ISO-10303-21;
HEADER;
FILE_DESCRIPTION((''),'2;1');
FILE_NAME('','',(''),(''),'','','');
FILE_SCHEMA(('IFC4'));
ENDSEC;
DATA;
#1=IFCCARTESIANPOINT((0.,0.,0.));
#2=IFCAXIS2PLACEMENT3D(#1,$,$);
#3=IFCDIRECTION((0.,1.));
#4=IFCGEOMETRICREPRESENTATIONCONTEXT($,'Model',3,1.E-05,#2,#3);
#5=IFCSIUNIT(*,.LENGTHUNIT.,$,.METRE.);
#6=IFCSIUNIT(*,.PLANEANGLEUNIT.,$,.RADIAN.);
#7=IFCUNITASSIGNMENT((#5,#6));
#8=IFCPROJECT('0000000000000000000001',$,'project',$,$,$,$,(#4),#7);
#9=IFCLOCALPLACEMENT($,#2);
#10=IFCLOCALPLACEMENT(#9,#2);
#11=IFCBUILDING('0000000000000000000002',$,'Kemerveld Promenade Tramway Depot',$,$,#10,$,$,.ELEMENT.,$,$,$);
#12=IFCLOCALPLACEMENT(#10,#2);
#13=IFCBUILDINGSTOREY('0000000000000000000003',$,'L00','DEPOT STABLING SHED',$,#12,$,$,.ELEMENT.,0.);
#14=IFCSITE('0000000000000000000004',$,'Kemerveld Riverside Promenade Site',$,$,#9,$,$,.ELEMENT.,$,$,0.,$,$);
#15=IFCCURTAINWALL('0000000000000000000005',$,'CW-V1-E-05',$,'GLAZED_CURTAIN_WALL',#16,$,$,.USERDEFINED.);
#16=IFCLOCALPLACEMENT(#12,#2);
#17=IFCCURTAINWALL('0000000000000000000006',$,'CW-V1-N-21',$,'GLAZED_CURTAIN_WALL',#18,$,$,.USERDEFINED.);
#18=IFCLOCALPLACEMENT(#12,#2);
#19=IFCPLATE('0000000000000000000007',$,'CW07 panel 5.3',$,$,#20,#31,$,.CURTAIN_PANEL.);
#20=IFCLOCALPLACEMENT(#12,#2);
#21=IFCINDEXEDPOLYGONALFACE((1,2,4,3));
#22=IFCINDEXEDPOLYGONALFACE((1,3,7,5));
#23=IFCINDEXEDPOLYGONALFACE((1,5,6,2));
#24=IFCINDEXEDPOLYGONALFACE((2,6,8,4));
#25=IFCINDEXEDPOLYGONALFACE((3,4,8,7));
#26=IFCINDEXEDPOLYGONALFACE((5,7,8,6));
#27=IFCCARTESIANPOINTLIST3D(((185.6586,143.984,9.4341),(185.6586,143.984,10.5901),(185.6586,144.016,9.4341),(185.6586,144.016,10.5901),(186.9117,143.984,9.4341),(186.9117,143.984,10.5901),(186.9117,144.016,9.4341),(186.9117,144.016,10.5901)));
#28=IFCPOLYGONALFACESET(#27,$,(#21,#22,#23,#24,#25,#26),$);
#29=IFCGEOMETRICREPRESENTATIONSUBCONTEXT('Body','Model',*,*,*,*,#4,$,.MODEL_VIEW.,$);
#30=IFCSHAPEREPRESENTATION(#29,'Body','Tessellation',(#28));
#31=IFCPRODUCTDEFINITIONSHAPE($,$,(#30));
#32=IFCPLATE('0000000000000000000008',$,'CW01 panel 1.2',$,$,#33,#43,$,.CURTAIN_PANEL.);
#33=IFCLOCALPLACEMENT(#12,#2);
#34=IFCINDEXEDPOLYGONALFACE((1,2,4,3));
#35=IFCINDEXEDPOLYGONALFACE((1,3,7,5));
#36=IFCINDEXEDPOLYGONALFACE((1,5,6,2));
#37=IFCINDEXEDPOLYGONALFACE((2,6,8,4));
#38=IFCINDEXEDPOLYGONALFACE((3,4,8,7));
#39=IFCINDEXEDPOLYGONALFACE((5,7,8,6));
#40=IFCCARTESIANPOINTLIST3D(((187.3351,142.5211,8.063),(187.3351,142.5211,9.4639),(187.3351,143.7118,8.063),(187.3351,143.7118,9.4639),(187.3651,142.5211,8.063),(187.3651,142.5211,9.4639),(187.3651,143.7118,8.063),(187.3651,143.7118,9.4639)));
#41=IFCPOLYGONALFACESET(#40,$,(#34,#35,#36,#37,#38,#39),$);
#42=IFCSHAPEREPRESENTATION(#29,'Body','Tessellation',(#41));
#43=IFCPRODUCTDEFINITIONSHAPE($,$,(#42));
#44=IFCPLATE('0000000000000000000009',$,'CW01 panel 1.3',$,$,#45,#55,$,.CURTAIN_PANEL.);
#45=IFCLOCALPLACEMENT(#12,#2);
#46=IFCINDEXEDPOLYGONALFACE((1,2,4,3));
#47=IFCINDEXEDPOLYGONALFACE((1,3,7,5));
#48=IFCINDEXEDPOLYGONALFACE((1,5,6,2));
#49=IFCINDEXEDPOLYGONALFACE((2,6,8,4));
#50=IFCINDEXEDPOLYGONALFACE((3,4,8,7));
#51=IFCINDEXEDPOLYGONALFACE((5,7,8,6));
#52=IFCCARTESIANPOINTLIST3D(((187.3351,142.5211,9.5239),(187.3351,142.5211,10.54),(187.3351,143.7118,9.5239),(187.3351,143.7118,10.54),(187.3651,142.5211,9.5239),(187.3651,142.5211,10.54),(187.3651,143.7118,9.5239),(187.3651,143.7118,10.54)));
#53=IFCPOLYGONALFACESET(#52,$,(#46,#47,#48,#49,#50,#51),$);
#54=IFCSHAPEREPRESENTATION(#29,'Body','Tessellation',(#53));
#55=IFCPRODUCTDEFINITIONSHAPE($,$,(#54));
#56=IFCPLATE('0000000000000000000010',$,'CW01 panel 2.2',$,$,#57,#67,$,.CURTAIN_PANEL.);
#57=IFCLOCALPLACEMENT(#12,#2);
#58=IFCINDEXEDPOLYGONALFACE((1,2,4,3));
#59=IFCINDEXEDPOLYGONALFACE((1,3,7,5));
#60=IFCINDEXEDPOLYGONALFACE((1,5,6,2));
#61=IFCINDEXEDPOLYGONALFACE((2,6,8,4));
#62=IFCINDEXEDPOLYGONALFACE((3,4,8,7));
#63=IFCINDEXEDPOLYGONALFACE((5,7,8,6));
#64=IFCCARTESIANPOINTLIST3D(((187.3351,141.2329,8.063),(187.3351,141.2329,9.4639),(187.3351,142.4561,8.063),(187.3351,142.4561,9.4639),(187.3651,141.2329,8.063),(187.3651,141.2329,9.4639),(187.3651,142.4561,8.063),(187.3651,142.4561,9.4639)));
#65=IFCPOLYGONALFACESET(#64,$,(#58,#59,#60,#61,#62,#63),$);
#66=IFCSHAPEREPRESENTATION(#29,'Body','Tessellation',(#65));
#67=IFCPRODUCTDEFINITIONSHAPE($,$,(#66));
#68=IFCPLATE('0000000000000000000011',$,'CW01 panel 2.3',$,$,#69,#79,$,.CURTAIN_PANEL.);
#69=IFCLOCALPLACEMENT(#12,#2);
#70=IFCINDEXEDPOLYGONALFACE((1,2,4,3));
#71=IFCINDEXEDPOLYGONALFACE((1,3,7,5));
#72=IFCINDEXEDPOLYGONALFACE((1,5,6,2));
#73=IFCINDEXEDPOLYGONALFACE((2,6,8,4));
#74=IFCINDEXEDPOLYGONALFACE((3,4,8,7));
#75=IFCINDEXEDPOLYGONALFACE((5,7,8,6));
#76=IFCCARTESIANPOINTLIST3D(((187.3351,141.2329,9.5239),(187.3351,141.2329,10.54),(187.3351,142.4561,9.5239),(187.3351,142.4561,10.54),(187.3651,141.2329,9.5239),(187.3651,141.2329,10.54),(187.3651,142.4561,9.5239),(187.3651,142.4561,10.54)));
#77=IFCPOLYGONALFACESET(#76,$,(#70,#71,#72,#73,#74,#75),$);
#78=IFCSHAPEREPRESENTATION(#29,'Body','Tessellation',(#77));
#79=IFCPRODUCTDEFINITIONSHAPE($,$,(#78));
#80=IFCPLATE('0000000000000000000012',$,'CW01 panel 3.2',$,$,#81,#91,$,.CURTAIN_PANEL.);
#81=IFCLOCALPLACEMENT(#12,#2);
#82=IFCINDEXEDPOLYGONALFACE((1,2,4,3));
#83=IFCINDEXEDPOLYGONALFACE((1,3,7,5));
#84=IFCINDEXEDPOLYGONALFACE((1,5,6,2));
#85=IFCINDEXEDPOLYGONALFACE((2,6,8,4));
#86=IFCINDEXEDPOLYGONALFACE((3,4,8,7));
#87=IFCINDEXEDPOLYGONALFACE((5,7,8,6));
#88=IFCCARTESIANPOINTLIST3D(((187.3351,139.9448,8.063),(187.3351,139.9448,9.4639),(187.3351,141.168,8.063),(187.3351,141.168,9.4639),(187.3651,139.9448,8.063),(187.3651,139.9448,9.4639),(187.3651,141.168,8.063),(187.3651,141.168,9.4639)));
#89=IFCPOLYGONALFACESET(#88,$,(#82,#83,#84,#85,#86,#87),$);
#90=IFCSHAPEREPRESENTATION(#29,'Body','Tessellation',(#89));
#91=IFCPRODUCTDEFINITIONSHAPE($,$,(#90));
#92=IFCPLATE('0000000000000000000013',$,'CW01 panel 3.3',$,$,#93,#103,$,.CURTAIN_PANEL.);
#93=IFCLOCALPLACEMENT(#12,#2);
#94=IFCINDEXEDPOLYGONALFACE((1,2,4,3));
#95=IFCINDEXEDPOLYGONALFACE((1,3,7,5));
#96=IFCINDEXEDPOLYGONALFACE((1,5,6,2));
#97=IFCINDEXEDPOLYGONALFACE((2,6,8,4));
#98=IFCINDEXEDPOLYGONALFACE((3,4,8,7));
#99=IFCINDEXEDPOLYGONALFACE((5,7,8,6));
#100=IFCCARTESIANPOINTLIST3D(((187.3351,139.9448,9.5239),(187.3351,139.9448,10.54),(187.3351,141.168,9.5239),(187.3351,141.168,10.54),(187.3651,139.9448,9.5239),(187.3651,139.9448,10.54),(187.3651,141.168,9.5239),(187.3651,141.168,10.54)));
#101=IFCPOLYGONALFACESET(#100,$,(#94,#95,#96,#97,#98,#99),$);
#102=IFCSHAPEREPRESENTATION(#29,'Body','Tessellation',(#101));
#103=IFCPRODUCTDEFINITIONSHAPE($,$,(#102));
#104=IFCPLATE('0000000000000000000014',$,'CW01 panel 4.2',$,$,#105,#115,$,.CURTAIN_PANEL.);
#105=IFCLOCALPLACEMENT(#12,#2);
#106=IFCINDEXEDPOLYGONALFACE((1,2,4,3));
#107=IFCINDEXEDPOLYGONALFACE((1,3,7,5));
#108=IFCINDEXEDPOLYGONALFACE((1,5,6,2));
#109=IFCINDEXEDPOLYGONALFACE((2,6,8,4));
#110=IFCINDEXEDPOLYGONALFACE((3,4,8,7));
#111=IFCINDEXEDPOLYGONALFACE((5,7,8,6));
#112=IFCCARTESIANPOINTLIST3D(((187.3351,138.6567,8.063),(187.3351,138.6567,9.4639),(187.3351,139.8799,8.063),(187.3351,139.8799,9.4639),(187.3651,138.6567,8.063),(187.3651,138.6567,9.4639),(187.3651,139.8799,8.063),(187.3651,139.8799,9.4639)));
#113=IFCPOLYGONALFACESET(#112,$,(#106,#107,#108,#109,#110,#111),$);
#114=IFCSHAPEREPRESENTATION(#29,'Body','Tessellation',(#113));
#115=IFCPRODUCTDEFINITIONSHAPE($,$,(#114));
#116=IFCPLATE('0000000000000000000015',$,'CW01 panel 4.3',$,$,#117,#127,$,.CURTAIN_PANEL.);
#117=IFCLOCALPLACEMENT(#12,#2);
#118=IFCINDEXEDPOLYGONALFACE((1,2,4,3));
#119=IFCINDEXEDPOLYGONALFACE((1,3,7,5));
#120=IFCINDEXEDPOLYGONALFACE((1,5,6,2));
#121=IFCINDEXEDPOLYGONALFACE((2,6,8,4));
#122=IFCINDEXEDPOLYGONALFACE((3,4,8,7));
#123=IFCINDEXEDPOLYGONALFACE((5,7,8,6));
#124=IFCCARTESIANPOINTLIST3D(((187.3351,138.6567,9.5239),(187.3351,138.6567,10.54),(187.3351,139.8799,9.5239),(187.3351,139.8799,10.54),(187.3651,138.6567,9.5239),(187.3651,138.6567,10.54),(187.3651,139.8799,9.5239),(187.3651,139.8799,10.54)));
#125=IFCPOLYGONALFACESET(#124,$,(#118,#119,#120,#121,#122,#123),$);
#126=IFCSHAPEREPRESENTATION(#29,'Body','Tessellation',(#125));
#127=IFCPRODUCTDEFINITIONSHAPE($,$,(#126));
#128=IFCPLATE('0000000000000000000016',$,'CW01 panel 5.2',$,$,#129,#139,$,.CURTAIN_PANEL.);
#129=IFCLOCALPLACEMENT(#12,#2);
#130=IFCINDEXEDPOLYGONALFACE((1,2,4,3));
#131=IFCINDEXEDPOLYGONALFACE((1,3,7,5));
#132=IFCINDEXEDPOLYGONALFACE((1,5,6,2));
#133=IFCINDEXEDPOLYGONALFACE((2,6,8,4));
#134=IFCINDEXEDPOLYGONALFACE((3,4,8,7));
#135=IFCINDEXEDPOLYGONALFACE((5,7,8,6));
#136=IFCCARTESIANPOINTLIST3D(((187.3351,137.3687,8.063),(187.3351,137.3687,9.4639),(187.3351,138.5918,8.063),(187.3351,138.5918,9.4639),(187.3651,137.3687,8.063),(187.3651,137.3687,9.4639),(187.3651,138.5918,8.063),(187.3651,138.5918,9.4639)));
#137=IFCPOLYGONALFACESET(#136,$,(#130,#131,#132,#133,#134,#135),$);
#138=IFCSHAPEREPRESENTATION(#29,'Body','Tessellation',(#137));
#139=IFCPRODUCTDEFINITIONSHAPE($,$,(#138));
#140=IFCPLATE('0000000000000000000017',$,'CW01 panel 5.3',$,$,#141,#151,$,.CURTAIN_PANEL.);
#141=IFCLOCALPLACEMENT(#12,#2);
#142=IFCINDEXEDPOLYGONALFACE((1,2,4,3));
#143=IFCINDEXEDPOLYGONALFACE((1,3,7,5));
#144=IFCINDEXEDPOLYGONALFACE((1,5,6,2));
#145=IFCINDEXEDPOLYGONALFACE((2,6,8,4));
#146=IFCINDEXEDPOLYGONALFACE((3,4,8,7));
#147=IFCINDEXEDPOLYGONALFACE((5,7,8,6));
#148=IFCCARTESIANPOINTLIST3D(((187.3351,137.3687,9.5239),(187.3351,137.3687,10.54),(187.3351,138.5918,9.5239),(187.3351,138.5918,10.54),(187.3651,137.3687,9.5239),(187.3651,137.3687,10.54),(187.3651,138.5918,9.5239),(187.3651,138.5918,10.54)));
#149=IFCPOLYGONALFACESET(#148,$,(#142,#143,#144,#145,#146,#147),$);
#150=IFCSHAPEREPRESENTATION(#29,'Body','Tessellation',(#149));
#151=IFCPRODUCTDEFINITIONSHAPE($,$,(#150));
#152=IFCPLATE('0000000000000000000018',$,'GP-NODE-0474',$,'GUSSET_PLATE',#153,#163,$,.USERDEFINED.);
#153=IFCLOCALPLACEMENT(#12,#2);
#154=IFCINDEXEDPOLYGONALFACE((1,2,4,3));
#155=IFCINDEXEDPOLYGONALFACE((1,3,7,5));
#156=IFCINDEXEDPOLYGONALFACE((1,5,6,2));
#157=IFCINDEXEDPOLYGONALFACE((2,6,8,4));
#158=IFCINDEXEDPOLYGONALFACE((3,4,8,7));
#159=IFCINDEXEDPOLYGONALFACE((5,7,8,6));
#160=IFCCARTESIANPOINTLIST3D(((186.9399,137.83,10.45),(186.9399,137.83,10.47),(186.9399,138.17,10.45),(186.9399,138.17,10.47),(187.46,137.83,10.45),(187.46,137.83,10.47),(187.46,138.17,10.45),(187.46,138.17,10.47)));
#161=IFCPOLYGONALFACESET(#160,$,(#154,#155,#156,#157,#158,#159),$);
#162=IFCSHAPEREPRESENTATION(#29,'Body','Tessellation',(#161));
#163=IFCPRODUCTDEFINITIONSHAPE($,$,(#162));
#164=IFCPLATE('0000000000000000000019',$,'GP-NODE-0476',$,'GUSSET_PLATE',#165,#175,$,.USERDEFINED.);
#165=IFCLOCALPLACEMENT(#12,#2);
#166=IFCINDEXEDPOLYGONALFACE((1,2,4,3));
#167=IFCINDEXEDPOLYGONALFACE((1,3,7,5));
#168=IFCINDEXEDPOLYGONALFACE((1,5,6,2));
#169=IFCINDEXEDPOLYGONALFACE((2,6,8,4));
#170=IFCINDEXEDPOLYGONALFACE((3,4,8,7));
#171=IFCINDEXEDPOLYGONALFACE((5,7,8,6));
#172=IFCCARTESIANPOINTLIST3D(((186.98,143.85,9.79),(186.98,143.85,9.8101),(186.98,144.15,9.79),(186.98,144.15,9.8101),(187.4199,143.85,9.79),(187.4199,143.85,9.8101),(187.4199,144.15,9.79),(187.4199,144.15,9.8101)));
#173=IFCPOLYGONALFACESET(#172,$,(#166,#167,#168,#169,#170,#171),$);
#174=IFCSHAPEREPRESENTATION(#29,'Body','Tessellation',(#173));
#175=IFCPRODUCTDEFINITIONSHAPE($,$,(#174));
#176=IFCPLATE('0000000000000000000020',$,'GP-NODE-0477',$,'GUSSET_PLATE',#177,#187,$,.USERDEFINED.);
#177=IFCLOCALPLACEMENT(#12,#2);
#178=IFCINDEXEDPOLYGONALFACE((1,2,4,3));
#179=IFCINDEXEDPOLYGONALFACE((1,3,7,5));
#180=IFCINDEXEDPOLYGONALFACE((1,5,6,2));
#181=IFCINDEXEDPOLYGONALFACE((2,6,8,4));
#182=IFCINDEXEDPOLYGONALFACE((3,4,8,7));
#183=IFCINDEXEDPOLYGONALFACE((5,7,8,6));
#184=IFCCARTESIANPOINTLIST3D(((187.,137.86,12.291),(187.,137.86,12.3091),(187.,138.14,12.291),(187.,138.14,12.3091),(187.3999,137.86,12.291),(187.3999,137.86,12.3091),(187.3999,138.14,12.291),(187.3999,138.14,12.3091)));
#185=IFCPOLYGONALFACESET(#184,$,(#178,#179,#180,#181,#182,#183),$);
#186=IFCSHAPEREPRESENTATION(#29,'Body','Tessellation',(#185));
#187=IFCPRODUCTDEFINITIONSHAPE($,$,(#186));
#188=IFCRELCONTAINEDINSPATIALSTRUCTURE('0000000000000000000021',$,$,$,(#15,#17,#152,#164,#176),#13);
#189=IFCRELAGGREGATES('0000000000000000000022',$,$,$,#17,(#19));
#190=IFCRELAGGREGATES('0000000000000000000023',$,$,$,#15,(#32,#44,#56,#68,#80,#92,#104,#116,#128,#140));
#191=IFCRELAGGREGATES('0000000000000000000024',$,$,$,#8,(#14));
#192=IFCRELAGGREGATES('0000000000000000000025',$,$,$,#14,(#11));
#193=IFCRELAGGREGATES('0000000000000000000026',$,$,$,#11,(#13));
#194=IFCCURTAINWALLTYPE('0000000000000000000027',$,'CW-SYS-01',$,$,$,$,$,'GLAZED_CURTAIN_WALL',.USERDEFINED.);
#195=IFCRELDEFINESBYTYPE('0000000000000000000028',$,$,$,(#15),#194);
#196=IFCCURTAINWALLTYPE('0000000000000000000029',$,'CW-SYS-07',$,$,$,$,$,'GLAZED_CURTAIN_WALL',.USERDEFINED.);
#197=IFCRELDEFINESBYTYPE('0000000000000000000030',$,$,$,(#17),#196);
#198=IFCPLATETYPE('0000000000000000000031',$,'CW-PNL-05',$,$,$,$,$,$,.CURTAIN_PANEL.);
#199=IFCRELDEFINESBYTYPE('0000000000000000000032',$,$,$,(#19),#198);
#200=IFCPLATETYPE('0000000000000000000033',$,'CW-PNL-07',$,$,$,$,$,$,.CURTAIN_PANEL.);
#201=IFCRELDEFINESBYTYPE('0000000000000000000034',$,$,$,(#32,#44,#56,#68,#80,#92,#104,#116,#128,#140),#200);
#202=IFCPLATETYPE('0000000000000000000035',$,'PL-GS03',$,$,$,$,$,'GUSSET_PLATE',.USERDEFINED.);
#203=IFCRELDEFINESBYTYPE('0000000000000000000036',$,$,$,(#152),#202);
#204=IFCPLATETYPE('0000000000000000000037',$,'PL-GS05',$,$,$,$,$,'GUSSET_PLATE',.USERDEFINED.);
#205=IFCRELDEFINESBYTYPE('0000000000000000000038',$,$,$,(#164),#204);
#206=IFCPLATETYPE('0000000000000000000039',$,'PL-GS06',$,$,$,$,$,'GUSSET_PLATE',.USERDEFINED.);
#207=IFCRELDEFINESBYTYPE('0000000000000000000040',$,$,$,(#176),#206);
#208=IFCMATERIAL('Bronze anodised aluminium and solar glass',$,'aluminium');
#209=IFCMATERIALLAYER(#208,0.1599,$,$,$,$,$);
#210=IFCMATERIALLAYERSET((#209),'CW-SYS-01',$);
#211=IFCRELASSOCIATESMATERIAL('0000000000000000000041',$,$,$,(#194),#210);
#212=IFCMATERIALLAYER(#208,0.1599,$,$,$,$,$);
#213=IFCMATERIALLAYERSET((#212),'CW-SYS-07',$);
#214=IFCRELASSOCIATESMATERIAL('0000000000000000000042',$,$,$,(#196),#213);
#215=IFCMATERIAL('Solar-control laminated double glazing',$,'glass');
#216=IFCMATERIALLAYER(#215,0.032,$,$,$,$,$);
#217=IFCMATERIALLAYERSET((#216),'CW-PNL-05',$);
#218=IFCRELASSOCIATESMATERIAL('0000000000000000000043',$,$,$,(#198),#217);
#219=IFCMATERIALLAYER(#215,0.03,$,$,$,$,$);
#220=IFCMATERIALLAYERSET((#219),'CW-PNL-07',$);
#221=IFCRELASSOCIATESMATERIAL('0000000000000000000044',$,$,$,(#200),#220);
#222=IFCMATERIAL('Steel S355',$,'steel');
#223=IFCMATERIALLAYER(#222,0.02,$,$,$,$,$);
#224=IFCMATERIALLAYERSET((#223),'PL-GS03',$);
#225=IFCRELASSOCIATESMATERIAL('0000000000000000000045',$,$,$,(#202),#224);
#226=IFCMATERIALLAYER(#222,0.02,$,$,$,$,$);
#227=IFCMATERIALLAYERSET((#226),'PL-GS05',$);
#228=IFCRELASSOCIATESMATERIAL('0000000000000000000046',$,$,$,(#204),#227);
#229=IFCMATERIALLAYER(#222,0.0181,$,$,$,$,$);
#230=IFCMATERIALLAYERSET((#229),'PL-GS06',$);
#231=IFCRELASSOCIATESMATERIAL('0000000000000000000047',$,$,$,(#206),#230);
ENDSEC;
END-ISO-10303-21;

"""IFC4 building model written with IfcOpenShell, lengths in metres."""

from ifc_helpers import new_model, si_unit, direction, frame, origin, origin_2d, place, context, subcontext, project, spatial, rectangle, extrude, material, layer, layer_set, type_object, element, aggregate, save


model = new_model("IFC4")

# Units and contexts
model_context = context("Model", 3, precision=1e-05, world=origin(), true_north=direction((0.0, 1.0)))
body_context = subcontext(model_context, "Body", "Model", "MODEL_VIEW")
ifc_project = project(units=[si_unit("LENGTHUNIT", "METRE"), si_unit("PLANEANGLEUNIT", "RADIAN")], contexts=[model_context])

# Site, building, storey
site_placement = place(None, origin())
site = spatial("IfcSite", under=ifc_project, at=site_placement, Name="Kemerveld Riverside Promenade Site", CompositionType="ELEMENT", RefElevation=0.0)
building_placement = place(site_placement, origin())
building = spatial("IfcBuilding", under=site, at=building_placement, Name="Kemerveld Promenade Tramway Depot", CompositionType="ELEMENT")
storey_placement = place(building_placement, origin())
storey = spatial("IfcBuildingStorey", under=building, at=storey_placement, Name="L00", Description="DEPOT STABLING SHED", CompositionType="ELEMENT", Elevation=0.0)

# Curtain wall
ifc_material_1 = material(Name="Bronze anodised aluminium and solar glass", Category="aluminium")
ifc_layer_1 = layer(ifc_material_1, 0.1599)
ifc_layer_set_1 = layer_set([ifc_layer_1], Name="CW-SYS-01")
curtain_wall_type_1 = type_object("IfcCurtainWallType", Name="CW-SYS-01", ElementType="GLAZED_CURTAIN_WALL", PredefinedType="USERDEFINED", material=ifc_layer_set_1)
curtain_wall_1_placement = place(storey_placement, origin())
curtain_wall_1 = element("IfcCurtainWall", 1, at=curtain_wall_1_placement, inside=storey, type_object=curtain_wall_type_1, Name="CW-V1-E-05", ObjectType="GLAZED_CURTAIN_WALL", PredefinedType="USERDEFINED")

# Shared definitions
ifc_material_2 = material(Name="Steel S355", Category="steel")

# Curtain wall, plate
ifc_layer_2 = layer(ifc_material_1, 0.1599)
ifc_layer_set_2 = layer_set([ifc_layer_2], Name="CW-SYS-07")
curtain_wall_type_2 = type_object("IfcCurtainWallType", Name="CW-SYS-07", ElementType="GLAZED_CURTAIN_WALL", PredefinedType="USERDEFINED", material=ifc_layer_set_2)
curtain_wall_2_placement = place(storey_placement, origin())
curtain_wall_2 = element("IfcCurtainWall", 2, at=curtain_wall_2_placement, inside=storey, type_object=curtain_wall_type_2, Name="CW-V1-N-21", ObjectType="GLAZED_CURTAIN_WALL", PredefinedType="USERDEFINED")
ifc_material_3 = material(Name="Solar-control laminated double glazing", Category="glass")
ifc_layer_3 = layer(ifc_material_3, 0.032)
ifc_layer_set_3 = layer_set([ifc_layer_3], Name="CW-PNL-05")
plate_type_1 = type_object("IfcPlateType", Name="CW-PNL-05", PredefinedType="CURTAIN_PANEL", material=ifc_layer_set_3)
plate_1_placement = place(storey_placement, frame((186.2852, 144.0, 9.4341), z_axis=(0.0, 0.0, 1.0), x_axis=(1.0, 0.0, 0.0)))
plate_1 = element("IfcPlate", 3, at=plate_1_placement, type_object=plate_type_1, Name="CW07 panel 5.3", PredefinedType="CURTAIN_PANEL", context=body_context, shape_type="SweptSolid", body=[
    extrude(rectangle(XDim=1.2532, YDim=0.032, at=origin_2d()), origin(), (0.0, 0.0, 1.0), 1.156),
])
aggregate(curtain_wall_2, [plate_1])

# Plates
ifc_layer_4 = layer(ifc_material_3, 0.03)
ifc_layer_set_4 = layer_set([ifc_layer_4], Name="CW-PNL-07")
plate_type_2 = type_object("IfcPlateType", Name="CW-PNL-07", PredefinedType="CURTAIN_PANEL", material=ifc_layer_set_4)
plate_2_placement = place(storey_placement, frame((187.3501, 143.1165, 8.063), z_axis=(0.0, 0.0, 1.0), x_axis=(0.0, -1.0, 0.0)))
plate_2 = element("IfcPlate", 4, at=plate_2_placement, type_object=plate_type_2, Name="CW01 panel 1.2", PredefinedType="CURTAIN_PANEL", context=body_context, shape_type="SweptSolid", body=[
    extrude(rectangle(XDim=1.1907, YDim=0.03, at=origin_2d()), origin(), (0.0, 0.0, 1.0), 1.4009),
])
plate_3_placement = place(storey_placement, frame((187.3501, 143.1165, 9.5239), z_axis=(0.0, 0.0, 1.0), x_axis=(0.0, -1.0, 0.0)))
plate_3 = element("IfcPlate", 5, at=plate_3_placement, type_object=plate_type_2, Name="CW01 panel 1.3", PredefinedType="CURTAIN_PANEL", context=body_context, shape_type="SweptSolid", body=[
    extrude(rectangle(XDim=1.1907, YDim=0.03, at=origin_2d()), origin(), (0.0, 0.0, 1.0), 1.0161),
])
plate_4_placement = place(storey_placement, frame((187.3501, 141.8445, 8.063), z_axis=(0.0, 0.0, 1.0), x_axis=(0.0, -1.0, 0.0)))
plate_4 = element("IfcPlate", 6, at=plate_4_placement, type_object=plate_type_2, Name="CW01 panel 2.2", PredefinedType="CURTAIN_PANEL", context=body_context, shape_type="SweptSolid", body=[
    extrude(rectangle(XDim=1.2231, YDim=0.03, at=origin_2d()), origin(), (0.0, 0.0, 1.0), 1.4009),
])
plate_5_placement = place(storey_placement, frame((187.3501, 141.8445, 9.5239), z_axis=(0.0, 0.0, 1.0), x_axis=(0.0, -1.0, 0.0)))
plate_5 = element("IfcPlate", 7, at=plate_5_placement, type_object=plate_type_2, Name="CW01 panel 2.3", PredefinedType="CURTAIN_PANEL", context=body_context, shape_type="SweptSolid", body=[
    extrude(rectangle(XDim=1.2231, YDim=0.03, at=origin_2d()), origin(), (0.0, 0.0, 1.0), 1.0161),
])
plate_6_placement = place(storey_placement, frame((187.3501, 140.5564, 8.063), z_axis=(0.0, 0.0, 1.0), x_axis=(0.0, -1.0, 0.0)))
plate_6 = element("IfcPlate", 8, at=plate_6_placement, type_object=plate_type_2, Name="CW01 panel 3.2", PredefinedType="CURTAIN_PANEL", context=body_context, shape_type="SweptSolid", body=[
    extrude(rectangle(XDim=1.2231, YDim=0.03, at=origin_2d()), origin(), (0.0, 0.0, 1.0), 1.4009),
])
plate_7_placement = place(storey_placement, frame((187.3501, 140.5564, 9.5239), z_axis=(0.0, 0.0, 1.0), x_axis=(0.0, -1.0, 0.0)))
plate_7 = element("IfcPlate", 9, at=plate_7_placement, type_object=plate_type_2, Name="CW01 panel 3.3", PredefinedType="CURTAIN_PANEL", context=body_context, shape_type="SweptSolid", body=[
    extrude(rectangle(XDim=1.2231, YDim=0.03, at=origin_2d()), origin(), (0.0, 0.0, 1.0), 1.0161),
])
plate_8_placement = place(storey_placement, frame((187.3501, 139.2683, 8.063), z_axis=(0.0, 0.0, 1.0), x_axis=(0.0, -1.0, 0.0)))
plate_8 = element("IfcPlate", 10, at=plate_8_placement, type_object=plate_type_2, Name="CW01 panel 4.2", PredefinedType="CURTAIN_PANEL", context=body_context, shape_type="SweptSolid", body=[
    extrude(rectangle(XDim=1.2231, YDim=0.03, at=origin_2d()), origin(), (0.0, 0.0, 1.0), 1.4009),
])
plate_9_placement = place(storey_placement, frame((187.3501, 139.2683, 9.5239), z_axis=(0.0, 0.0, 1.0), x_axis=(0.0, -1.0, 0.0)))
plate_9 = element("IfcPlate", 11, at=plate_9_placement, type_object=plate_type_2, Name="CW01 panel 4.3", PredefinedType="CURTAIN_PANEL", context=body_context, shape_type="SweptSolid", body=[
    extrude(rectangle(XDim=1.2231, YDim=0.03, at=origin_2d()), origin(), (0.0, 0.0, 1.0), 1.0161),
])
plate_10_placement = place(storey_placement, frame((187.3501, 137.9802, 8.063), z_axis=(0.0, 0.0, 1.0), x_axis=(0.0, -1.0, 0.0)))
plate_10 = element("IfcPlate", 12, at=plate_10_placement, type_object=plate_type_2, Name="CW01 panel 5.2", PredefinedType="CURTAIN_PANEL", context=body_context, shape_type="SweptSolid", body=[
    extrude(rectangle(XDim=1.2231, YDim=0.03, at=origin_2d()), origin(), (0.0, 0.0, 1.0), 1.4009),
])
plate_11_placement = place(storey_placement, frame((187.3501, 137.9802, 9.5239), z_axis=(0.0, 0.0, 1.0), x_axis=(0.0, -1.0, 0.0)))
plate_11 = element("IfcPlate", 13, at=plate_11_placement, type_object=plate_type_2, Name="CW01 panel 5.3", PredefinedType="CURTAIN_PANEL", context=body_context, shape_type="SweptSolid", body=[
    extrude(rectangle(XDim=1.2231, YDim=0.03, at=origin_2d()), origin(), (0.0, 0.0, 1.0), 1.0161),
])
aggregate(curtain_wall_1, [plate_2, plate_3, plate_4, plate_5, plate_6, plate_7, plate_8, plate_9, plate_10, plate_11])

# Plates
ifc_layer_5 = layer(ifc_material_2, 0.02)
ifc_layer_set_5 = layer_set([ifc_layer_5], Name="PL-GS03")
plate_type_3 = type_object("IfcPlateType", Name="PL-GS03", ElementType="GUSSET_PLATE", PredefinedType="USERDEFINED", material=ifc_layer_set_5)
plate_12_placement = place(storey_placement, frame((187.2, 138.0, 10.45), z_axis=(0.0, 0.0, 1.0), x_axis=(1.0, 0.0, 0.0)))
element("IfcPlate", 14, at=plate_12_placement, inside=storey, type_object=plate_type_3, Name="GP-NODE-0474", ObjectType="GUSSET_PLATE", PredefinedType="USERDEFINED", context=body_context, shape_type="SweptSolid", body=[
    extrude(rectangle(XDim=0.52, YDim=0.3401, at=origin_2d()), origin(), (0.0, 0.0, 1.0), 0.02),
])
ifc_layer_6 = layer(ifc_material_2, 0.02)
ifc_layer_set_6 = layer_set([ifc_layer_6], Name="PL-GS05")
plate_type_4 = type_object("IfcPlateType", Name="PL-GS05", ElementType="GUSSET_PLATE", PredefinedType="USERDEFINED", material=ifc_layer_set_6)
plate_13_placement = place(storey_placement, frame((187.2, 144.0, 9.79), z_axis=(0.0, 0.0, 1.0), x_axis=(1.0, 0.0, 0.0)))
element("IfcPlate", 15, at=plate_13_placement, inside=storey, type_object=plate_type_4, Name="GP-NODE-0476", ObjectType="GUSSET_PLATE", PredefinedType="USERDEFINED", context=body_context, shape_type="SweptSolid", body=[
    extrude(rectangle(XDim=0.4399, YDim=0.3, at=origin_2d()), origin(), (0.0, 0.0, 1.0), 0.02),
])
ifc_layer_7 = layer(ifc_material_2, 0.0181)
ifc_layer_set_7 = layer_set([ifc_layer_7], Name="PL-GS06")
plate_type_5 = type_object("IfcPlateType", Name="PL-GS06", ElementType="GUSSET_PLATE", PredefinedType="USERDEFINED", material=ifc_layer_set_7)
plate_14_placement = place(storey_placement, frame((187.2, 138.0, 12.291), z_axis=(0.0, 0.0, 1.0), x_axis=(1.0, 0.0, 0.0)))
element("IfcPlate", 16, at=plate_14_placement, inside=storey, type_object=plate_type_5, Name="GP-NODE-0477", ObjectType="GUSSET_PLATE", PredefinedType="USERDEFINED", context=body_context, shape_type="SweptSolid", body=[
    extrude(rectangle(XDim=0.3999, YDim=0.28, at=origin_2d()), origin(), (0.0, 0.0, 1.0), 0.0181),
])

save(model, "model.ifc")
